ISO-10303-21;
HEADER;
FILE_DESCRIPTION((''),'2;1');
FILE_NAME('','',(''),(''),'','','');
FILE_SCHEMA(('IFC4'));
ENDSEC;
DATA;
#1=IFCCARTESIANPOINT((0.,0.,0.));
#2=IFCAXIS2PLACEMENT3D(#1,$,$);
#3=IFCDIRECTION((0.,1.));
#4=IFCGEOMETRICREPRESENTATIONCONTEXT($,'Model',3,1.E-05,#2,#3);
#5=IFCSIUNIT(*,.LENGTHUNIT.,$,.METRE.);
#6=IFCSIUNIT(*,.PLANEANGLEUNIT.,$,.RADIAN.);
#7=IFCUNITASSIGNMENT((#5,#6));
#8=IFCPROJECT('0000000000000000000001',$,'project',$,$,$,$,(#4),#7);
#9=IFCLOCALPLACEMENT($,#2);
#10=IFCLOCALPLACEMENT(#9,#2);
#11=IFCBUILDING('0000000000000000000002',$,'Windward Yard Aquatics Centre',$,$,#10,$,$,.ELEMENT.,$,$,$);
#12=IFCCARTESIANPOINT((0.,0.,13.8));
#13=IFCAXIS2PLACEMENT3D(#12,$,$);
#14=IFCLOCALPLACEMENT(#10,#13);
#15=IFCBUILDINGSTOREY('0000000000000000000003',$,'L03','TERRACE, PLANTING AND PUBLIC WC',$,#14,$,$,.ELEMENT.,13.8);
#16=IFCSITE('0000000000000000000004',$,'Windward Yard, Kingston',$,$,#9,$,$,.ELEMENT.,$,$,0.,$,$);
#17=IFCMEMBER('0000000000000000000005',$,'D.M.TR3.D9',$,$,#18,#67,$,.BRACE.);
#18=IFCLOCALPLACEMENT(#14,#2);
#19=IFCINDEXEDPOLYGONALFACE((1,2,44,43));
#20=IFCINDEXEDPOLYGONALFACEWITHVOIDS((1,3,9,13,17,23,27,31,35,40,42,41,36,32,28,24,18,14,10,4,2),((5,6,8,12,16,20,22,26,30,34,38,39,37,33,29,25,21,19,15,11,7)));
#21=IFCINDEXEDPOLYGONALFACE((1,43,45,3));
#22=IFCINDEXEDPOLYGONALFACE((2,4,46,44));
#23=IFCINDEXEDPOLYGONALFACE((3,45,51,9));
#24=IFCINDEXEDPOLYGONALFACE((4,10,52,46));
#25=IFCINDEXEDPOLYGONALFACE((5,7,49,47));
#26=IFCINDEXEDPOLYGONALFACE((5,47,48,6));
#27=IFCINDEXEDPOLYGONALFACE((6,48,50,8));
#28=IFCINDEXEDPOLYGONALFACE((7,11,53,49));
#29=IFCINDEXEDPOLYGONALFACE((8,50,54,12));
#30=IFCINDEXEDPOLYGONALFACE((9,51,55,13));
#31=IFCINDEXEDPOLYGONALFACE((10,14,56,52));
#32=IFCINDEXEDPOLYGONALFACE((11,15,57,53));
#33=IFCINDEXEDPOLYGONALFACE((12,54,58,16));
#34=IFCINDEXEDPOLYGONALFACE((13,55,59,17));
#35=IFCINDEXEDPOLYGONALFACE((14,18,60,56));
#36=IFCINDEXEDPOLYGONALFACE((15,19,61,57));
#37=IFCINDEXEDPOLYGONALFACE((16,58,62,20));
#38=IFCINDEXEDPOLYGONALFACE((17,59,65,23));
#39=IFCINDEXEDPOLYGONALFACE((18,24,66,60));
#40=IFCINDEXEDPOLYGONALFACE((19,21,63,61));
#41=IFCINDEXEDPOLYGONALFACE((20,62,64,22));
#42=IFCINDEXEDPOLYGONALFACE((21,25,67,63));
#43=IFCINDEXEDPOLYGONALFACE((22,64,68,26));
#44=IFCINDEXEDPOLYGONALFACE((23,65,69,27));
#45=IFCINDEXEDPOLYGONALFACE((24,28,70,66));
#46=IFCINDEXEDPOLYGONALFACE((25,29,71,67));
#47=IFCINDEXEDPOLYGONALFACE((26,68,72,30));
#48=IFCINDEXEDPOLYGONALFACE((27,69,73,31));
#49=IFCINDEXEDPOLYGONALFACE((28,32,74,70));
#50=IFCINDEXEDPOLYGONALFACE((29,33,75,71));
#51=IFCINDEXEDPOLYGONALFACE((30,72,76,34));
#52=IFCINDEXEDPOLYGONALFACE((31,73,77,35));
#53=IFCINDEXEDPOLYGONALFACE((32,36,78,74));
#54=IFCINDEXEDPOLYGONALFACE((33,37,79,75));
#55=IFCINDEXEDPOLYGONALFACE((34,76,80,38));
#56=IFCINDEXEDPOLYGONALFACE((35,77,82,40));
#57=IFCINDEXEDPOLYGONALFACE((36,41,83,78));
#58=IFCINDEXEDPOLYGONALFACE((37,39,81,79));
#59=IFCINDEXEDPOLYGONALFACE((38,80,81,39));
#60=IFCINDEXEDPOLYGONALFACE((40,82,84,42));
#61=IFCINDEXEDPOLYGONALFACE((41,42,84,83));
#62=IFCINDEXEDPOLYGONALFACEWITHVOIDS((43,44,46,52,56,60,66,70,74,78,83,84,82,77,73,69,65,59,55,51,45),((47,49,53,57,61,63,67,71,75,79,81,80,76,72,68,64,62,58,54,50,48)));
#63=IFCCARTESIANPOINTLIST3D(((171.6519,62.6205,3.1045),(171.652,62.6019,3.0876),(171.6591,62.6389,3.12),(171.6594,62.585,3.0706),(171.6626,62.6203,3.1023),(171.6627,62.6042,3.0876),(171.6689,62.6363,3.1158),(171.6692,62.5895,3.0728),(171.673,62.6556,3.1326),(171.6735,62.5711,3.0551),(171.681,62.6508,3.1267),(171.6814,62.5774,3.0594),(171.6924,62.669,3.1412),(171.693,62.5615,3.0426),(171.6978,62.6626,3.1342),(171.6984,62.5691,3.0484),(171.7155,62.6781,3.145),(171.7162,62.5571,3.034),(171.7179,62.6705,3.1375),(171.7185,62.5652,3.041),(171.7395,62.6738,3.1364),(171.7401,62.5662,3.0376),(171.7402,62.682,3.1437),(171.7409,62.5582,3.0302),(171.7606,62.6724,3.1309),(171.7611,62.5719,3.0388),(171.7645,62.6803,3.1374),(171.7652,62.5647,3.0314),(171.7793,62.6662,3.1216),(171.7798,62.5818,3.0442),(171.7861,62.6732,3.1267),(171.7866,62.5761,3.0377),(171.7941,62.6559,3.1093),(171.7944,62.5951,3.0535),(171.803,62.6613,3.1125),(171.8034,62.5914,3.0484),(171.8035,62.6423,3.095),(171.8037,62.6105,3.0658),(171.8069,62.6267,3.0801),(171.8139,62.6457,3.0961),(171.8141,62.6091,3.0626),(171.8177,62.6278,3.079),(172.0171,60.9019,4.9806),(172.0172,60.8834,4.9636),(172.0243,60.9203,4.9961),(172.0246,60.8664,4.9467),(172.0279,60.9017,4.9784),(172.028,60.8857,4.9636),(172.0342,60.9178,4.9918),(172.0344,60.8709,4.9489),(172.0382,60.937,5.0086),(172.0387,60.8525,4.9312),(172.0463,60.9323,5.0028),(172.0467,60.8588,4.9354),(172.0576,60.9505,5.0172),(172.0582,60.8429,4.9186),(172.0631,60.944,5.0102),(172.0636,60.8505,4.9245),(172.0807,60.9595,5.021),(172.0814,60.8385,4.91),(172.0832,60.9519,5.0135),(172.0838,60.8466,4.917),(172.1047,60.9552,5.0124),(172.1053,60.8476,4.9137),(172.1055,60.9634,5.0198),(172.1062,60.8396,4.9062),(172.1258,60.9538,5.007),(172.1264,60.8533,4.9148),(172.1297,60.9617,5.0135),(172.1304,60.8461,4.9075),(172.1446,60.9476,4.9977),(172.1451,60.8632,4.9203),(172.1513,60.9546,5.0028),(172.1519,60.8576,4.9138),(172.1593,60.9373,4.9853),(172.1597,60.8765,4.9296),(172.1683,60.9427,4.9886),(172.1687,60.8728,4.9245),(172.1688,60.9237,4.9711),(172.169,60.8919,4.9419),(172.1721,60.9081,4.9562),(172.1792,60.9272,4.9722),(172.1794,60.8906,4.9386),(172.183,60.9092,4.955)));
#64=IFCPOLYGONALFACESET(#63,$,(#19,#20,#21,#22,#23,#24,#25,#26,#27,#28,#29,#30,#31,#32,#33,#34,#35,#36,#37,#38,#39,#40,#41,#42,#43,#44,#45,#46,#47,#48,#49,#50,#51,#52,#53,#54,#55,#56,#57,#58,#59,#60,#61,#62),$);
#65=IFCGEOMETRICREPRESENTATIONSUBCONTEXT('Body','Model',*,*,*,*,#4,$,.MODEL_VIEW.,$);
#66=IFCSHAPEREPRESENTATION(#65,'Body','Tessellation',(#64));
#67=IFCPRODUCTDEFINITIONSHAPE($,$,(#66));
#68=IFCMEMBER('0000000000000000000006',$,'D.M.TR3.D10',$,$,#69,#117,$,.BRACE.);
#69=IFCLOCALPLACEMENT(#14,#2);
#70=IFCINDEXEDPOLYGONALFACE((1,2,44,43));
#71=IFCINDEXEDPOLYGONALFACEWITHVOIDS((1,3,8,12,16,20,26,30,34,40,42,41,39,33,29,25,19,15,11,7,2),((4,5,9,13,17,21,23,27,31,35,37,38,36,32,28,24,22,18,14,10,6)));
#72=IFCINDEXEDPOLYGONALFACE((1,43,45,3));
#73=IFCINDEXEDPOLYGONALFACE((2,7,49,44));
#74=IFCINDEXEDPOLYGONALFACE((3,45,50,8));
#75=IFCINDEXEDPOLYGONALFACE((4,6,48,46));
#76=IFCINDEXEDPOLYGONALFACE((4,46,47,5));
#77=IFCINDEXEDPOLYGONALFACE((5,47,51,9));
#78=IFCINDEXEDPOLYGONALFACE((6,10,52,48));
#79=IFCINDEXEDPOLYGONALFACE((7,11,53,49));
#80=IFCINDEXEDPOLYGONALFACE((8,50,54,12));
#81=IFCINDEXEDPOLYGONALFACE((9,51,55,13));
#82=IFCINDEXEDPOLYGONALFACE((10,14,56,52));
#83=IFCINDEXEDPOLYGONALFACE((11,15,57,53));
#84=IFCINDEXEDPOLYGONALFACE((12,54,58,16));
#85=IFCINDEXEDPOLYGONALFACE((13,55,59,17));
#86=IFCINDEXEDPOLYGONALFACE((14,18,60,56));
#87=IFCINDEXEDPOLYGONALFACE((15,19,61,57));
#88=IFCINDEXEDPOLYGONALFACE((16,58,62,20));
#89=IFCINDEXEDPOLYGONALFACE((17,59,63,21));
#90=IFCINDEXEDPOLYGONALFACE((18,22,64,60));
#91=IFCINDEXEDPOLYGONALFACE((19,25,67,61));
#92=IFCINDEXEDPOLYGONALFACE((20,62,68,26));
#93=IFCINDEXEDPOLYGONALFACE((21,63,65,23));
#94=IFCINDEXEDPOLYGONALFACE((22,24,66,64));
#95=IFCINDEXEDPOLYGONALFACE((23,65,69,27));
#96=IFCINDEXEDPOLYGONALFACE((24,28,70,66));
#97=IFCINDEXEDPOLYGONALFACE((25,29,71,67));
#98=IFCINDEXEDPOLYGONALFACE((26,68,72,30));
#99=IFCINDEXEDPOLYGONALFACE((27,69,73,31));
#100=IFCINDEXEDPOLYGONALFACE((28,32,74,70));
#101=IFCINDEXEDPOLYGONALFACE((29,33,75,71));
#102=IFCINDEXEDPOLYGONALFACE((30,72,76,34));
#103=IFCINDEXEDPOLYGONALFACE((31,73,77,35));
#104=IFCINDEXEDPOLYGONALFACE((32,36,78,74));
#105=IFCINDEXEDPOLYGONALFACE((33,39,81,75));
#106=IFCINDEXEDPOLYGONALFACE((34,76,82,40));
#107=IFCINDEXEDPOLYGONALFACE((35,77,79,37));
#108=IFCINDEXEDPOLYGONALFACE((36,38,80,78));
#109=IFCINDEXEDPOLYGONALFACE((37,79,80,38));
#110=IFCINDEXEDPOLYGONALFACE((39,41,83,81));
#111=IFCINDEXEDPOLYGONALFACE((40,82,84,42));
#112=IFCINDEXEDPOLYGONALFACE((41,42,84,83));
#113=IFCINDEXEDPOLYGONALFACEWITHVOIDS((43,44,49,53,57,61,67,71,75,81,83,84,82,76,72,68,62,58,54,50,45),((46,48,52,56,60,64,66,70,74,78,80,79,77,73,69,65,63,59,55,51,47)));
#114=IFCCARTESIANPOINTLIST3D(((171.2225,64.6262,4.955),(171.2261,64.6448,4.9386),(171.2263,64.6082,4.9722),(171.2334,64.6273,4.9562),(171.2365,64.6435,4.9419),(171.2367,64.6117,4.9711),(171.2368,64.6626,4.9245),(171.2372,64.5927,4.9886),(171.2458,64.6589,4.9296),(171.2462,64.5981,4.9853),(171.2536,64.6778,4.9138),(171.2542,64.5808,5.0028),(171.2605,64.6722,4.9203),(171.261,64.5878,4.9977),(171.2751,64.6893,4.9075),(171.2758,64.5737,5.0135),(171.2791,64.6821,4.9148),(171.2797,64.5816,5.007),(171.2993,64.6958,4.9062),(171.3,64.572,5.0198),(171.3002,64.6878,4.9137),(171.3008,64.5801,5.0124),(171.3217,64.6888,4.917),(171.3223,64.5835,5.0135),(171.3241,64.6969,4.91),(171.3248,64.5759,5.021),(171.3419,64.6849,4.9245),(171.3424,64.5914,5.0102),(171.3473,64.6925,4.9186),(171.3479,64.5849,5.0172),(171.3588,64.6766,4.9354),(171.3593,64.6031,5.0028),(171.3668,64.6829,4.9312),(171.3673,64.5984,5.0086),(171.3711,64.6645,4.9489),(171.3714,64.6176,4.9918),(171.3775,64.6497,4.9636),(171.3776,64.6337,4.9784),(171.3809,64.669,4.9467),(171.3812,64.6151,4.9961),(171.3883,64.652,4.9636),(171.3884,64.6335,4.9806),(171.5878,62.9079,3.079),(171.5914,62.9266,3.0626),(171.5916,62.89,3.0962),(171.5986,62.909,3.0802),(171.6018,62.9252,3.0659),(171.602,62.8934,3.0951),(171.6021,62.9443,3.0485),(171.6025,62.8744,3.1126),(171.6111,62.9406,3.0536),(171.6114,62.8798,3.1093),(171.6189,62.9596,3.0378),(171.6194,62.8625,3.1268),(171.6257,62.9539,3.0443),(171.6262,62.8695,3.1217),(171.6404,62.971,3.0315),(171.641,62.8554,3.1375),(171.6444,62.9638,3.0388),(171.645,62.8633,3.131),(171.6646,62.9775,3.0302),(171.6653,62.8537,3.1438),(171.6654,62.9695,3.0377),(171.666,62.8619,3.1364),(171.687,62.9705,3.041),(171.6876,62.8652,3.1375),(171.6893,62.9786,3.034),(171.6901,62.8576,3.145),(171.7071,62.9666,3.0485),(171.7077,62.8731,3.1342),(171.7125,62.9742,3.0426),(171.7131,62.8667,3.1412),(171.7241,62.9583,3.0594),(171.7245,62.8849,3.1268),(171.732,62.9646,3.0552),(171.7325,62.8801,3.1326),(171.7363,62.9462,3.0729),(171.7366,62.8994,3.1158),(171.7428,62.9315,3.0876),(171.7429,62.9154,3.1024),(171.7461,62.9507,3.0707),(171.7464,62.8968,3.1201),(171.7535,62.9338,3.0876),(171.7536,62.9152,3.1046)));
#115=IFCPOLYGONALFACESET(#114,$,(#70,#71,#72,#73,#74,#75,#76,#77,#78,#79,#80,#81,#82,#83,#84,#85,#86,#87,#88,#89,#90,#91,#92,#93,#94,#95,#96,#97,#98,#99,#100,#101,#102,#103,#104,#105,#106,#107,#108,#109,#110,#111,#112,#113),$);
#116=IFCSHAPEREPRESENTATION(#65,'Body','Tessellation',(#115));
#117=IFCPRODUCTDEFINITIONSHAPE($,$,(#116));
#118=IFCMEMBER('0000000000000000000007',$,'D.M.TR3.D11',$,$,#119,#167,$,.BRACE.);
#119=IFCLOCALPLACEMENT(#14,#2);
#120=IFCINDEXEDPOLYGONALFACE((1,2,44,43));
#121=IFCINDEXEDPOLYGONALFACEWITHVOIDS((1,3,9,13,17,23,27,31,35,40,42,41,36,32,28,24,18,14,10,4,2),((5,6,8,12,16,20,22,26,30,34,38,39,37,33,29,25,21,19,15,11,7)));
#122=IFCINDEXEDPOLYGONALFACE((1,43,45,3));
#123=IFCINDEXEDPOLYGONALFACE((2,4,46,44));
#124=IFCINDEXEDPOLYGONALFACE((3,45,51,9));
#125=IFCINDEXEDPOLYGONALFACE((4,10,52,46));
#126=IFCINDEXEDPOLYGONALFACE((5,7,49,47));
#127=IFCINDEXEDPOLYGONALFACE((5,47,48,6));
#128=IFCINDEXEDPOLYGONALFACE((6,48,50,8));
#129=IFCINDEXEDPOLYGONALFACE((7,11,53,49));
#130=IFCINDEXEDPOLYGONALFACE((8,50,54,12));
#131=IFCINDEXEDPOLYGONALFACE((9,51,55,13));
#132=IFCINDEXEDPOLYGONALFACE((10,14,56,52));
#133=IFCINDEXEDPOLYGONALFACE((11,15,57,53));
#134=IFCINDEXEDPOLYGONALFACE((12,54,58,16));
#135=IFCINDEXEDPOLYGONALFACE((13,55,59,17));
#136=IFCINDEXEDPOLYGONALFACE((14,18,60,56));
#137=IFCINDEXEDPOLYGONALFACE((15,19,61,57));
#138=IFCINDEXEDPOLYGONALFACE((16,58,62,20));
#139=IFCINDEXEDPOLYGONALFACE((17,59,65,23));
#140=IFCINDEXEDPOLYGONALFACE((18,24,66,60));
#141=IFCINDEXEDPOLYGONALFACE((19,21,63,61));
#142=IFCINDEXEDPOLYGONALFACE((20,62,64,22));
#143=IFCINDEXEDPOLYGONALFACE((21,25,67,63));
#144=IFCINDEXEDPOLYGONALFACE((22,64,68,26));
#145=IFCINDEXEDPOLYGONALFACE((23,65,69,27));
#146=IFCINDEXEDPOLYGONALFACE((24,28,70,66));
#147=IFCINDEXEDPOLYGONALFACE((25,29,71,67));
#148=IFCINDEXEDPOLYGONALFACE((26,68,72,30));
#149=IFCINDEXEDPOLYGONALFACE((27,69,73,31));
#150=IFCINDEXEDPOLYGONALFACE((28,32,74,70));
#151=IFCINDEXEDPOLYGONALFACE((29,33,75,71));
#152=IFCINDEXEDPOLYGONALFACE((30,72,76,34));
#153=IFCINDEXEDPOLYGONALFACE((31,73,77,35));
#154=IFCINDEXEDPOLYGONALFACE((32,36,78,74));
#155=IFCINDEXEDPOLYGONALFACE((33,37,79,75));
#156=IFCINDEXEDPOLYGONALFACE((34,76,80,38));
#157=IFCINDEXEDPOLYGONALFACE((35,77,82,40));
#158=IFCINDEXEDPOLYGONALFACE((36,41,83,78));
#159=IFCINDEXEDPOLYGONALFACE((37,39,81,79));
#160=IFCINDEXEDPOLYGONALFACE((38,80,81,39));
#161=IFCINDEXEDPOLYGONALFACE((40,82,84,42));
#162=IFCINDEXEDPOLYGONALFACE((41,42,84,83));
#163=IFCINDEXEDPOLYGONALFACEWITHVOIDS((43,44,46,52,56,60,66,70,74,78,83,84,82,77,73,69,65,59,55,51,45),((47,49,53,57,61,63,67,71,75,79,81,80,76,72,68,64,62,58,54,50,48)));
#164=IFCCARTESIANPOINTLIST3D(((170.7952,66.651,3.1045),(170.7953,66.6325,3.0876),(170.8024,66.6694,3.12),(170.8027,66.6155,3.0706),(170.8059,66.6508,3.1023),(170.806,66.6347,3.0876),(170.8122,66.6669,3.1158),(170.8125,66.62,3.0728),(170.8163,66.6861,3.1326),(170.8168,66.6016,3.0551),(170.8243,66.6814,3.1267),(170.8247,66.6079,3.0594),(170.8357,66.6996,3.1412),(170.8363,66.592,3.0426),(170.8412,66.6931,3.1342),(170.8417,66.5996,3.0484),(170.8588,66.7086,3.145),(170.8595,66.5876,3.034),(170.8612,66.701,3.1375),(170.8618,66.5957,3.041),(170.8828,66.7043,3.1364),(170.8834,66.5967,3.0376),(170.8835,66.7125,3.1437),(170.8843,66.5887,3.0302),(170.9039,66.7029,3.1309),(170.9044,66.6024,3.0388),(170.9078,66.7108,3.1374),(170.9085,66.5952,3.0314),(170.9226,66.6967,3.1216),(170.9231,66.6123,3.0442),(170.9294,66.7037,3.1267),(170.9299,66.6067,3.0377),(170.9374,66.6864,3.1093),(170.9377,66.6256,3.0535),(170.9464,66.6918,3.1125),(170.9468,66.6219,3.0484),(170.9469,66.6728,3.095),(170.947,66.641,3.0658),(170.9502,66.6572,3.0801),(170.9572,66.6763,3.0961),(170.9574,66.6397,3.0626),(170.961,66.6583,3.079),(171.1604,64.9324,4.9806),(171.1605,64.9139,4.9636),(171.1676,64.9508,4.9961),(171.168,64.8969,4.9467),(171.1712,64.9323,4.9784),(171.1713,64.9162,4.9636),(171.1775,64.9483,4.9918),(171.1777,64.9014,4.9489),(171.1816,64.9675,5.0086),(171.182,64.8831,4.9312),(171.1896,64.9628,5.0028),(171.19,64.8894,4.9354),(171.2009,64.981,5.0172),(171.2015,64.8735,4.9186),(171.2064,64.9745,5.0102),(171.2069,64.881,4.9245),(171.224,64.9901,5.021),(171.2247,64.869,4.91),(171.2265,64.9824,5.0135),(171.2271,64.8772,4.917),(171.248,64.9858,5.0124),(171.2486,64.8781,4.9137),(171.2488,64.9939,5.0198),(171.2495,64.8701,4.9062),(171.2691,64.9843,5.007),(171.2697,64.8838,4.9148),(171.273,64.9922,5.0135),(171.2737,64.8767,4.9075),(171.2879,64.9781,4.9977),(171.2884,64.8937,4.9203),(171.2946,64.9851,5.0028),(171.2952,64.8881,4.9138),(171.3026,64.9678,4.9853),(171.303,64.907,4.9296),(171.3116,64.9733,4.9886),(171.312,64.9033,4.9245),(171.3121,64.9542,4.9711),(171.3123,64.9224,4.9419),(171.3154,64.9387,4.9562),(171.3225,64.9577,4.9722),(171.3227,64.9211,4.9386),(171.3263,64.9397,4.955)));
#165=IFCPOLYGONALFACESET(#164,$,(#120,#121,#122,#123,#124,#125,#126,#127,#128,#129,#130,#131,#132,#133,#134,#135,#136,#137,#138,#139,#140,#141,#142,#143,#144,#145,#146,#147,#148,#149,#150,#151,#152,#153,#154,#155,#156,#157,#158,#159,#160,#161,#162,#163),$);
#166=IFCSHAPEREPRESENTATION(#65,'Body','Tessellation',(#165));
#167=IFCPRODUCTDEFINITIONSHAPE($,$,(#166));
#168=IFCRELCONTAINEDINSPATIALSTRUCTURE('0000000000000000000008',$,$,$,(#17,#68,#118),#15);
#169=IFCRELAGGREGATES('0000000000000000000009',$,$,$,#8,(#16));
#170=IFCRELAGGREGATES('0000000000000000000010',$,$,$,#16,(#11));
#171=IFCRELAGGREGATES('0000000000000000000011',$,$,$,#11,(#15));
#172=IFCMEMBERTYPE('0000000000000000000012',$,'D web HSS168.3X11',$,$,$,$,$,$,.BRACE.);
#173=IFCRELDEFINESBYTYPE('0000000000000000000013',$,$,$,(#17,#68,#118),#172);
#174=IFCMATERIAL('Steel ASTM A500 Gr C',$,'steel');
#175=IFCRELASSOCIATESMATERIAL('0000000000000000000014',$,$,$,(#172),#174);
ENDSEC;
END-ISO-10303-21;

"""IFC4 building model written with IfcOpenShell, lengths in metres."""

from ifc_helpers import new_model, si_unit, direction, frame, origin, origin_2d, place, context, subcontext, project, spatial, hollow_circle, extrude, material, material_profile, profile_set, type_object, element, save


model = new_model("IFC4")

# Units and contexts
model_context = context("Model", 3, precision=1e-05, world=origin(), true_north=direction((0.0, 1.0)))
body_context = subcontext(model_context, "Body", "Model", "MODEL_VIEW")
ifc_project = project(units=[si_unit("LENGTHUNIT", "METRE"), si_unit("PLANEANGLEUNIT", "RADIAN")], contexts=[model_context])

# Site, building, storey
site_placement = place(None, origin())
site = spatial("IfcSite", under=ifc_project, at=site_placement, Name="Windward Yard, Kingston", CompositionType="ELEMENT", RefElevation=0.0)
building_placement = place(site_placement, origin())
building = spatial("IfcBuilding", under=site, at=building_placement, Name="Windward Yard Aquatics Centre", CompositionType="ELEMENT")
storey_placement = place(building_placement, frame((0.0, 0.0, 13.8)))
storey = spatial("IfcBuildingStorey", under=building, at=storey_placement, Name="L03", Description="TERRACE, PLANTING AND PUBLIC WC", CompositionType="ELEMENT", Elevation=13.8)

# Members
ifc_material_1 = material(Name="Steel ASTM A500 Gr C", Category="steel")
ifc_material_profile_1 = material_profile(ifc_material_1, hollow_circle(Radius=0.0842, WallThickness=0.011, at=origin_2d()), Name="HSS168.3X11")
ifc_profile_set_1 = profile_set([ifc_material_profile_1], Name="Steel ASTM A500 Gr C")
member_type_1 = type_object("IfcMemberType", Name="D web HSS168.3X11", PredefinedType="BRACE", material=ifc_profile_set_1)
member_1_placement = place(storey_placement, frame((172.0996, 60.9009, 4.9636), z_axis=(-0.142103, 0.668626, -0.729894), x_axis=(-0.978153, -0.207887, 0.0)))
element("IfcMember", 1, at=member_1_placement, inside=storey, type_object=member_type_1, Name="D.M.TR3.D9", PredefinedType="BRACE", context=body_context, shape_type="SweptSolid", body=[
    extrude(hollow_circle(Radius=0.0842, WallThickness=0.011, at=origin_2d()), origin(), (0.0, 0.0, 1.0), 2.5703),
])
member_2_placement = place(storey_placement, frame((171.3059, 64.6345, 4.9636), z_axis=(0.142112, -0.668574, -0.729941), x_axis=(0.978147, 0.207915, 0.0)))
element("IfcMember", 2, at=member_2_placement, inside=storey, type_object=member_type_1, Name="D.M.TR3.D10", PredefinedType="BRACE", context=body_context, shape_type="SweptSolid", body=[
    extrude(hollow_circle(Radius=0.0842, WallThickness=0.011, at=origin_2d()), origin(), (0.0, 0.0, 1.0), 2.5701),
])
for number, where, z_axis, x_axis, name in (
    (3, (171.2429, 64.9314, 4.9636), (-0.142103, 0.668626, -0.729894), (-0.978153, -0.207887, 0.0), "D.M.TR3.D11"),
):
    element("IfcMember", number, at=place(storey_placement, frame(where, z_axis=z_axis, x_axis=x_axis)), inside=storey, type_object=member_type_1, Name=name, PredefinedType="BRACE", context=body_context, shape_type="SweptSolid", body=[
        extrude(hollow_circle(Radius=0.0842, WallThickness=0.011, at=origin_2d()), origin(), (0.0, 0.0, 1.0), 2.5703),
    ])

save(model, "model.ifc")
